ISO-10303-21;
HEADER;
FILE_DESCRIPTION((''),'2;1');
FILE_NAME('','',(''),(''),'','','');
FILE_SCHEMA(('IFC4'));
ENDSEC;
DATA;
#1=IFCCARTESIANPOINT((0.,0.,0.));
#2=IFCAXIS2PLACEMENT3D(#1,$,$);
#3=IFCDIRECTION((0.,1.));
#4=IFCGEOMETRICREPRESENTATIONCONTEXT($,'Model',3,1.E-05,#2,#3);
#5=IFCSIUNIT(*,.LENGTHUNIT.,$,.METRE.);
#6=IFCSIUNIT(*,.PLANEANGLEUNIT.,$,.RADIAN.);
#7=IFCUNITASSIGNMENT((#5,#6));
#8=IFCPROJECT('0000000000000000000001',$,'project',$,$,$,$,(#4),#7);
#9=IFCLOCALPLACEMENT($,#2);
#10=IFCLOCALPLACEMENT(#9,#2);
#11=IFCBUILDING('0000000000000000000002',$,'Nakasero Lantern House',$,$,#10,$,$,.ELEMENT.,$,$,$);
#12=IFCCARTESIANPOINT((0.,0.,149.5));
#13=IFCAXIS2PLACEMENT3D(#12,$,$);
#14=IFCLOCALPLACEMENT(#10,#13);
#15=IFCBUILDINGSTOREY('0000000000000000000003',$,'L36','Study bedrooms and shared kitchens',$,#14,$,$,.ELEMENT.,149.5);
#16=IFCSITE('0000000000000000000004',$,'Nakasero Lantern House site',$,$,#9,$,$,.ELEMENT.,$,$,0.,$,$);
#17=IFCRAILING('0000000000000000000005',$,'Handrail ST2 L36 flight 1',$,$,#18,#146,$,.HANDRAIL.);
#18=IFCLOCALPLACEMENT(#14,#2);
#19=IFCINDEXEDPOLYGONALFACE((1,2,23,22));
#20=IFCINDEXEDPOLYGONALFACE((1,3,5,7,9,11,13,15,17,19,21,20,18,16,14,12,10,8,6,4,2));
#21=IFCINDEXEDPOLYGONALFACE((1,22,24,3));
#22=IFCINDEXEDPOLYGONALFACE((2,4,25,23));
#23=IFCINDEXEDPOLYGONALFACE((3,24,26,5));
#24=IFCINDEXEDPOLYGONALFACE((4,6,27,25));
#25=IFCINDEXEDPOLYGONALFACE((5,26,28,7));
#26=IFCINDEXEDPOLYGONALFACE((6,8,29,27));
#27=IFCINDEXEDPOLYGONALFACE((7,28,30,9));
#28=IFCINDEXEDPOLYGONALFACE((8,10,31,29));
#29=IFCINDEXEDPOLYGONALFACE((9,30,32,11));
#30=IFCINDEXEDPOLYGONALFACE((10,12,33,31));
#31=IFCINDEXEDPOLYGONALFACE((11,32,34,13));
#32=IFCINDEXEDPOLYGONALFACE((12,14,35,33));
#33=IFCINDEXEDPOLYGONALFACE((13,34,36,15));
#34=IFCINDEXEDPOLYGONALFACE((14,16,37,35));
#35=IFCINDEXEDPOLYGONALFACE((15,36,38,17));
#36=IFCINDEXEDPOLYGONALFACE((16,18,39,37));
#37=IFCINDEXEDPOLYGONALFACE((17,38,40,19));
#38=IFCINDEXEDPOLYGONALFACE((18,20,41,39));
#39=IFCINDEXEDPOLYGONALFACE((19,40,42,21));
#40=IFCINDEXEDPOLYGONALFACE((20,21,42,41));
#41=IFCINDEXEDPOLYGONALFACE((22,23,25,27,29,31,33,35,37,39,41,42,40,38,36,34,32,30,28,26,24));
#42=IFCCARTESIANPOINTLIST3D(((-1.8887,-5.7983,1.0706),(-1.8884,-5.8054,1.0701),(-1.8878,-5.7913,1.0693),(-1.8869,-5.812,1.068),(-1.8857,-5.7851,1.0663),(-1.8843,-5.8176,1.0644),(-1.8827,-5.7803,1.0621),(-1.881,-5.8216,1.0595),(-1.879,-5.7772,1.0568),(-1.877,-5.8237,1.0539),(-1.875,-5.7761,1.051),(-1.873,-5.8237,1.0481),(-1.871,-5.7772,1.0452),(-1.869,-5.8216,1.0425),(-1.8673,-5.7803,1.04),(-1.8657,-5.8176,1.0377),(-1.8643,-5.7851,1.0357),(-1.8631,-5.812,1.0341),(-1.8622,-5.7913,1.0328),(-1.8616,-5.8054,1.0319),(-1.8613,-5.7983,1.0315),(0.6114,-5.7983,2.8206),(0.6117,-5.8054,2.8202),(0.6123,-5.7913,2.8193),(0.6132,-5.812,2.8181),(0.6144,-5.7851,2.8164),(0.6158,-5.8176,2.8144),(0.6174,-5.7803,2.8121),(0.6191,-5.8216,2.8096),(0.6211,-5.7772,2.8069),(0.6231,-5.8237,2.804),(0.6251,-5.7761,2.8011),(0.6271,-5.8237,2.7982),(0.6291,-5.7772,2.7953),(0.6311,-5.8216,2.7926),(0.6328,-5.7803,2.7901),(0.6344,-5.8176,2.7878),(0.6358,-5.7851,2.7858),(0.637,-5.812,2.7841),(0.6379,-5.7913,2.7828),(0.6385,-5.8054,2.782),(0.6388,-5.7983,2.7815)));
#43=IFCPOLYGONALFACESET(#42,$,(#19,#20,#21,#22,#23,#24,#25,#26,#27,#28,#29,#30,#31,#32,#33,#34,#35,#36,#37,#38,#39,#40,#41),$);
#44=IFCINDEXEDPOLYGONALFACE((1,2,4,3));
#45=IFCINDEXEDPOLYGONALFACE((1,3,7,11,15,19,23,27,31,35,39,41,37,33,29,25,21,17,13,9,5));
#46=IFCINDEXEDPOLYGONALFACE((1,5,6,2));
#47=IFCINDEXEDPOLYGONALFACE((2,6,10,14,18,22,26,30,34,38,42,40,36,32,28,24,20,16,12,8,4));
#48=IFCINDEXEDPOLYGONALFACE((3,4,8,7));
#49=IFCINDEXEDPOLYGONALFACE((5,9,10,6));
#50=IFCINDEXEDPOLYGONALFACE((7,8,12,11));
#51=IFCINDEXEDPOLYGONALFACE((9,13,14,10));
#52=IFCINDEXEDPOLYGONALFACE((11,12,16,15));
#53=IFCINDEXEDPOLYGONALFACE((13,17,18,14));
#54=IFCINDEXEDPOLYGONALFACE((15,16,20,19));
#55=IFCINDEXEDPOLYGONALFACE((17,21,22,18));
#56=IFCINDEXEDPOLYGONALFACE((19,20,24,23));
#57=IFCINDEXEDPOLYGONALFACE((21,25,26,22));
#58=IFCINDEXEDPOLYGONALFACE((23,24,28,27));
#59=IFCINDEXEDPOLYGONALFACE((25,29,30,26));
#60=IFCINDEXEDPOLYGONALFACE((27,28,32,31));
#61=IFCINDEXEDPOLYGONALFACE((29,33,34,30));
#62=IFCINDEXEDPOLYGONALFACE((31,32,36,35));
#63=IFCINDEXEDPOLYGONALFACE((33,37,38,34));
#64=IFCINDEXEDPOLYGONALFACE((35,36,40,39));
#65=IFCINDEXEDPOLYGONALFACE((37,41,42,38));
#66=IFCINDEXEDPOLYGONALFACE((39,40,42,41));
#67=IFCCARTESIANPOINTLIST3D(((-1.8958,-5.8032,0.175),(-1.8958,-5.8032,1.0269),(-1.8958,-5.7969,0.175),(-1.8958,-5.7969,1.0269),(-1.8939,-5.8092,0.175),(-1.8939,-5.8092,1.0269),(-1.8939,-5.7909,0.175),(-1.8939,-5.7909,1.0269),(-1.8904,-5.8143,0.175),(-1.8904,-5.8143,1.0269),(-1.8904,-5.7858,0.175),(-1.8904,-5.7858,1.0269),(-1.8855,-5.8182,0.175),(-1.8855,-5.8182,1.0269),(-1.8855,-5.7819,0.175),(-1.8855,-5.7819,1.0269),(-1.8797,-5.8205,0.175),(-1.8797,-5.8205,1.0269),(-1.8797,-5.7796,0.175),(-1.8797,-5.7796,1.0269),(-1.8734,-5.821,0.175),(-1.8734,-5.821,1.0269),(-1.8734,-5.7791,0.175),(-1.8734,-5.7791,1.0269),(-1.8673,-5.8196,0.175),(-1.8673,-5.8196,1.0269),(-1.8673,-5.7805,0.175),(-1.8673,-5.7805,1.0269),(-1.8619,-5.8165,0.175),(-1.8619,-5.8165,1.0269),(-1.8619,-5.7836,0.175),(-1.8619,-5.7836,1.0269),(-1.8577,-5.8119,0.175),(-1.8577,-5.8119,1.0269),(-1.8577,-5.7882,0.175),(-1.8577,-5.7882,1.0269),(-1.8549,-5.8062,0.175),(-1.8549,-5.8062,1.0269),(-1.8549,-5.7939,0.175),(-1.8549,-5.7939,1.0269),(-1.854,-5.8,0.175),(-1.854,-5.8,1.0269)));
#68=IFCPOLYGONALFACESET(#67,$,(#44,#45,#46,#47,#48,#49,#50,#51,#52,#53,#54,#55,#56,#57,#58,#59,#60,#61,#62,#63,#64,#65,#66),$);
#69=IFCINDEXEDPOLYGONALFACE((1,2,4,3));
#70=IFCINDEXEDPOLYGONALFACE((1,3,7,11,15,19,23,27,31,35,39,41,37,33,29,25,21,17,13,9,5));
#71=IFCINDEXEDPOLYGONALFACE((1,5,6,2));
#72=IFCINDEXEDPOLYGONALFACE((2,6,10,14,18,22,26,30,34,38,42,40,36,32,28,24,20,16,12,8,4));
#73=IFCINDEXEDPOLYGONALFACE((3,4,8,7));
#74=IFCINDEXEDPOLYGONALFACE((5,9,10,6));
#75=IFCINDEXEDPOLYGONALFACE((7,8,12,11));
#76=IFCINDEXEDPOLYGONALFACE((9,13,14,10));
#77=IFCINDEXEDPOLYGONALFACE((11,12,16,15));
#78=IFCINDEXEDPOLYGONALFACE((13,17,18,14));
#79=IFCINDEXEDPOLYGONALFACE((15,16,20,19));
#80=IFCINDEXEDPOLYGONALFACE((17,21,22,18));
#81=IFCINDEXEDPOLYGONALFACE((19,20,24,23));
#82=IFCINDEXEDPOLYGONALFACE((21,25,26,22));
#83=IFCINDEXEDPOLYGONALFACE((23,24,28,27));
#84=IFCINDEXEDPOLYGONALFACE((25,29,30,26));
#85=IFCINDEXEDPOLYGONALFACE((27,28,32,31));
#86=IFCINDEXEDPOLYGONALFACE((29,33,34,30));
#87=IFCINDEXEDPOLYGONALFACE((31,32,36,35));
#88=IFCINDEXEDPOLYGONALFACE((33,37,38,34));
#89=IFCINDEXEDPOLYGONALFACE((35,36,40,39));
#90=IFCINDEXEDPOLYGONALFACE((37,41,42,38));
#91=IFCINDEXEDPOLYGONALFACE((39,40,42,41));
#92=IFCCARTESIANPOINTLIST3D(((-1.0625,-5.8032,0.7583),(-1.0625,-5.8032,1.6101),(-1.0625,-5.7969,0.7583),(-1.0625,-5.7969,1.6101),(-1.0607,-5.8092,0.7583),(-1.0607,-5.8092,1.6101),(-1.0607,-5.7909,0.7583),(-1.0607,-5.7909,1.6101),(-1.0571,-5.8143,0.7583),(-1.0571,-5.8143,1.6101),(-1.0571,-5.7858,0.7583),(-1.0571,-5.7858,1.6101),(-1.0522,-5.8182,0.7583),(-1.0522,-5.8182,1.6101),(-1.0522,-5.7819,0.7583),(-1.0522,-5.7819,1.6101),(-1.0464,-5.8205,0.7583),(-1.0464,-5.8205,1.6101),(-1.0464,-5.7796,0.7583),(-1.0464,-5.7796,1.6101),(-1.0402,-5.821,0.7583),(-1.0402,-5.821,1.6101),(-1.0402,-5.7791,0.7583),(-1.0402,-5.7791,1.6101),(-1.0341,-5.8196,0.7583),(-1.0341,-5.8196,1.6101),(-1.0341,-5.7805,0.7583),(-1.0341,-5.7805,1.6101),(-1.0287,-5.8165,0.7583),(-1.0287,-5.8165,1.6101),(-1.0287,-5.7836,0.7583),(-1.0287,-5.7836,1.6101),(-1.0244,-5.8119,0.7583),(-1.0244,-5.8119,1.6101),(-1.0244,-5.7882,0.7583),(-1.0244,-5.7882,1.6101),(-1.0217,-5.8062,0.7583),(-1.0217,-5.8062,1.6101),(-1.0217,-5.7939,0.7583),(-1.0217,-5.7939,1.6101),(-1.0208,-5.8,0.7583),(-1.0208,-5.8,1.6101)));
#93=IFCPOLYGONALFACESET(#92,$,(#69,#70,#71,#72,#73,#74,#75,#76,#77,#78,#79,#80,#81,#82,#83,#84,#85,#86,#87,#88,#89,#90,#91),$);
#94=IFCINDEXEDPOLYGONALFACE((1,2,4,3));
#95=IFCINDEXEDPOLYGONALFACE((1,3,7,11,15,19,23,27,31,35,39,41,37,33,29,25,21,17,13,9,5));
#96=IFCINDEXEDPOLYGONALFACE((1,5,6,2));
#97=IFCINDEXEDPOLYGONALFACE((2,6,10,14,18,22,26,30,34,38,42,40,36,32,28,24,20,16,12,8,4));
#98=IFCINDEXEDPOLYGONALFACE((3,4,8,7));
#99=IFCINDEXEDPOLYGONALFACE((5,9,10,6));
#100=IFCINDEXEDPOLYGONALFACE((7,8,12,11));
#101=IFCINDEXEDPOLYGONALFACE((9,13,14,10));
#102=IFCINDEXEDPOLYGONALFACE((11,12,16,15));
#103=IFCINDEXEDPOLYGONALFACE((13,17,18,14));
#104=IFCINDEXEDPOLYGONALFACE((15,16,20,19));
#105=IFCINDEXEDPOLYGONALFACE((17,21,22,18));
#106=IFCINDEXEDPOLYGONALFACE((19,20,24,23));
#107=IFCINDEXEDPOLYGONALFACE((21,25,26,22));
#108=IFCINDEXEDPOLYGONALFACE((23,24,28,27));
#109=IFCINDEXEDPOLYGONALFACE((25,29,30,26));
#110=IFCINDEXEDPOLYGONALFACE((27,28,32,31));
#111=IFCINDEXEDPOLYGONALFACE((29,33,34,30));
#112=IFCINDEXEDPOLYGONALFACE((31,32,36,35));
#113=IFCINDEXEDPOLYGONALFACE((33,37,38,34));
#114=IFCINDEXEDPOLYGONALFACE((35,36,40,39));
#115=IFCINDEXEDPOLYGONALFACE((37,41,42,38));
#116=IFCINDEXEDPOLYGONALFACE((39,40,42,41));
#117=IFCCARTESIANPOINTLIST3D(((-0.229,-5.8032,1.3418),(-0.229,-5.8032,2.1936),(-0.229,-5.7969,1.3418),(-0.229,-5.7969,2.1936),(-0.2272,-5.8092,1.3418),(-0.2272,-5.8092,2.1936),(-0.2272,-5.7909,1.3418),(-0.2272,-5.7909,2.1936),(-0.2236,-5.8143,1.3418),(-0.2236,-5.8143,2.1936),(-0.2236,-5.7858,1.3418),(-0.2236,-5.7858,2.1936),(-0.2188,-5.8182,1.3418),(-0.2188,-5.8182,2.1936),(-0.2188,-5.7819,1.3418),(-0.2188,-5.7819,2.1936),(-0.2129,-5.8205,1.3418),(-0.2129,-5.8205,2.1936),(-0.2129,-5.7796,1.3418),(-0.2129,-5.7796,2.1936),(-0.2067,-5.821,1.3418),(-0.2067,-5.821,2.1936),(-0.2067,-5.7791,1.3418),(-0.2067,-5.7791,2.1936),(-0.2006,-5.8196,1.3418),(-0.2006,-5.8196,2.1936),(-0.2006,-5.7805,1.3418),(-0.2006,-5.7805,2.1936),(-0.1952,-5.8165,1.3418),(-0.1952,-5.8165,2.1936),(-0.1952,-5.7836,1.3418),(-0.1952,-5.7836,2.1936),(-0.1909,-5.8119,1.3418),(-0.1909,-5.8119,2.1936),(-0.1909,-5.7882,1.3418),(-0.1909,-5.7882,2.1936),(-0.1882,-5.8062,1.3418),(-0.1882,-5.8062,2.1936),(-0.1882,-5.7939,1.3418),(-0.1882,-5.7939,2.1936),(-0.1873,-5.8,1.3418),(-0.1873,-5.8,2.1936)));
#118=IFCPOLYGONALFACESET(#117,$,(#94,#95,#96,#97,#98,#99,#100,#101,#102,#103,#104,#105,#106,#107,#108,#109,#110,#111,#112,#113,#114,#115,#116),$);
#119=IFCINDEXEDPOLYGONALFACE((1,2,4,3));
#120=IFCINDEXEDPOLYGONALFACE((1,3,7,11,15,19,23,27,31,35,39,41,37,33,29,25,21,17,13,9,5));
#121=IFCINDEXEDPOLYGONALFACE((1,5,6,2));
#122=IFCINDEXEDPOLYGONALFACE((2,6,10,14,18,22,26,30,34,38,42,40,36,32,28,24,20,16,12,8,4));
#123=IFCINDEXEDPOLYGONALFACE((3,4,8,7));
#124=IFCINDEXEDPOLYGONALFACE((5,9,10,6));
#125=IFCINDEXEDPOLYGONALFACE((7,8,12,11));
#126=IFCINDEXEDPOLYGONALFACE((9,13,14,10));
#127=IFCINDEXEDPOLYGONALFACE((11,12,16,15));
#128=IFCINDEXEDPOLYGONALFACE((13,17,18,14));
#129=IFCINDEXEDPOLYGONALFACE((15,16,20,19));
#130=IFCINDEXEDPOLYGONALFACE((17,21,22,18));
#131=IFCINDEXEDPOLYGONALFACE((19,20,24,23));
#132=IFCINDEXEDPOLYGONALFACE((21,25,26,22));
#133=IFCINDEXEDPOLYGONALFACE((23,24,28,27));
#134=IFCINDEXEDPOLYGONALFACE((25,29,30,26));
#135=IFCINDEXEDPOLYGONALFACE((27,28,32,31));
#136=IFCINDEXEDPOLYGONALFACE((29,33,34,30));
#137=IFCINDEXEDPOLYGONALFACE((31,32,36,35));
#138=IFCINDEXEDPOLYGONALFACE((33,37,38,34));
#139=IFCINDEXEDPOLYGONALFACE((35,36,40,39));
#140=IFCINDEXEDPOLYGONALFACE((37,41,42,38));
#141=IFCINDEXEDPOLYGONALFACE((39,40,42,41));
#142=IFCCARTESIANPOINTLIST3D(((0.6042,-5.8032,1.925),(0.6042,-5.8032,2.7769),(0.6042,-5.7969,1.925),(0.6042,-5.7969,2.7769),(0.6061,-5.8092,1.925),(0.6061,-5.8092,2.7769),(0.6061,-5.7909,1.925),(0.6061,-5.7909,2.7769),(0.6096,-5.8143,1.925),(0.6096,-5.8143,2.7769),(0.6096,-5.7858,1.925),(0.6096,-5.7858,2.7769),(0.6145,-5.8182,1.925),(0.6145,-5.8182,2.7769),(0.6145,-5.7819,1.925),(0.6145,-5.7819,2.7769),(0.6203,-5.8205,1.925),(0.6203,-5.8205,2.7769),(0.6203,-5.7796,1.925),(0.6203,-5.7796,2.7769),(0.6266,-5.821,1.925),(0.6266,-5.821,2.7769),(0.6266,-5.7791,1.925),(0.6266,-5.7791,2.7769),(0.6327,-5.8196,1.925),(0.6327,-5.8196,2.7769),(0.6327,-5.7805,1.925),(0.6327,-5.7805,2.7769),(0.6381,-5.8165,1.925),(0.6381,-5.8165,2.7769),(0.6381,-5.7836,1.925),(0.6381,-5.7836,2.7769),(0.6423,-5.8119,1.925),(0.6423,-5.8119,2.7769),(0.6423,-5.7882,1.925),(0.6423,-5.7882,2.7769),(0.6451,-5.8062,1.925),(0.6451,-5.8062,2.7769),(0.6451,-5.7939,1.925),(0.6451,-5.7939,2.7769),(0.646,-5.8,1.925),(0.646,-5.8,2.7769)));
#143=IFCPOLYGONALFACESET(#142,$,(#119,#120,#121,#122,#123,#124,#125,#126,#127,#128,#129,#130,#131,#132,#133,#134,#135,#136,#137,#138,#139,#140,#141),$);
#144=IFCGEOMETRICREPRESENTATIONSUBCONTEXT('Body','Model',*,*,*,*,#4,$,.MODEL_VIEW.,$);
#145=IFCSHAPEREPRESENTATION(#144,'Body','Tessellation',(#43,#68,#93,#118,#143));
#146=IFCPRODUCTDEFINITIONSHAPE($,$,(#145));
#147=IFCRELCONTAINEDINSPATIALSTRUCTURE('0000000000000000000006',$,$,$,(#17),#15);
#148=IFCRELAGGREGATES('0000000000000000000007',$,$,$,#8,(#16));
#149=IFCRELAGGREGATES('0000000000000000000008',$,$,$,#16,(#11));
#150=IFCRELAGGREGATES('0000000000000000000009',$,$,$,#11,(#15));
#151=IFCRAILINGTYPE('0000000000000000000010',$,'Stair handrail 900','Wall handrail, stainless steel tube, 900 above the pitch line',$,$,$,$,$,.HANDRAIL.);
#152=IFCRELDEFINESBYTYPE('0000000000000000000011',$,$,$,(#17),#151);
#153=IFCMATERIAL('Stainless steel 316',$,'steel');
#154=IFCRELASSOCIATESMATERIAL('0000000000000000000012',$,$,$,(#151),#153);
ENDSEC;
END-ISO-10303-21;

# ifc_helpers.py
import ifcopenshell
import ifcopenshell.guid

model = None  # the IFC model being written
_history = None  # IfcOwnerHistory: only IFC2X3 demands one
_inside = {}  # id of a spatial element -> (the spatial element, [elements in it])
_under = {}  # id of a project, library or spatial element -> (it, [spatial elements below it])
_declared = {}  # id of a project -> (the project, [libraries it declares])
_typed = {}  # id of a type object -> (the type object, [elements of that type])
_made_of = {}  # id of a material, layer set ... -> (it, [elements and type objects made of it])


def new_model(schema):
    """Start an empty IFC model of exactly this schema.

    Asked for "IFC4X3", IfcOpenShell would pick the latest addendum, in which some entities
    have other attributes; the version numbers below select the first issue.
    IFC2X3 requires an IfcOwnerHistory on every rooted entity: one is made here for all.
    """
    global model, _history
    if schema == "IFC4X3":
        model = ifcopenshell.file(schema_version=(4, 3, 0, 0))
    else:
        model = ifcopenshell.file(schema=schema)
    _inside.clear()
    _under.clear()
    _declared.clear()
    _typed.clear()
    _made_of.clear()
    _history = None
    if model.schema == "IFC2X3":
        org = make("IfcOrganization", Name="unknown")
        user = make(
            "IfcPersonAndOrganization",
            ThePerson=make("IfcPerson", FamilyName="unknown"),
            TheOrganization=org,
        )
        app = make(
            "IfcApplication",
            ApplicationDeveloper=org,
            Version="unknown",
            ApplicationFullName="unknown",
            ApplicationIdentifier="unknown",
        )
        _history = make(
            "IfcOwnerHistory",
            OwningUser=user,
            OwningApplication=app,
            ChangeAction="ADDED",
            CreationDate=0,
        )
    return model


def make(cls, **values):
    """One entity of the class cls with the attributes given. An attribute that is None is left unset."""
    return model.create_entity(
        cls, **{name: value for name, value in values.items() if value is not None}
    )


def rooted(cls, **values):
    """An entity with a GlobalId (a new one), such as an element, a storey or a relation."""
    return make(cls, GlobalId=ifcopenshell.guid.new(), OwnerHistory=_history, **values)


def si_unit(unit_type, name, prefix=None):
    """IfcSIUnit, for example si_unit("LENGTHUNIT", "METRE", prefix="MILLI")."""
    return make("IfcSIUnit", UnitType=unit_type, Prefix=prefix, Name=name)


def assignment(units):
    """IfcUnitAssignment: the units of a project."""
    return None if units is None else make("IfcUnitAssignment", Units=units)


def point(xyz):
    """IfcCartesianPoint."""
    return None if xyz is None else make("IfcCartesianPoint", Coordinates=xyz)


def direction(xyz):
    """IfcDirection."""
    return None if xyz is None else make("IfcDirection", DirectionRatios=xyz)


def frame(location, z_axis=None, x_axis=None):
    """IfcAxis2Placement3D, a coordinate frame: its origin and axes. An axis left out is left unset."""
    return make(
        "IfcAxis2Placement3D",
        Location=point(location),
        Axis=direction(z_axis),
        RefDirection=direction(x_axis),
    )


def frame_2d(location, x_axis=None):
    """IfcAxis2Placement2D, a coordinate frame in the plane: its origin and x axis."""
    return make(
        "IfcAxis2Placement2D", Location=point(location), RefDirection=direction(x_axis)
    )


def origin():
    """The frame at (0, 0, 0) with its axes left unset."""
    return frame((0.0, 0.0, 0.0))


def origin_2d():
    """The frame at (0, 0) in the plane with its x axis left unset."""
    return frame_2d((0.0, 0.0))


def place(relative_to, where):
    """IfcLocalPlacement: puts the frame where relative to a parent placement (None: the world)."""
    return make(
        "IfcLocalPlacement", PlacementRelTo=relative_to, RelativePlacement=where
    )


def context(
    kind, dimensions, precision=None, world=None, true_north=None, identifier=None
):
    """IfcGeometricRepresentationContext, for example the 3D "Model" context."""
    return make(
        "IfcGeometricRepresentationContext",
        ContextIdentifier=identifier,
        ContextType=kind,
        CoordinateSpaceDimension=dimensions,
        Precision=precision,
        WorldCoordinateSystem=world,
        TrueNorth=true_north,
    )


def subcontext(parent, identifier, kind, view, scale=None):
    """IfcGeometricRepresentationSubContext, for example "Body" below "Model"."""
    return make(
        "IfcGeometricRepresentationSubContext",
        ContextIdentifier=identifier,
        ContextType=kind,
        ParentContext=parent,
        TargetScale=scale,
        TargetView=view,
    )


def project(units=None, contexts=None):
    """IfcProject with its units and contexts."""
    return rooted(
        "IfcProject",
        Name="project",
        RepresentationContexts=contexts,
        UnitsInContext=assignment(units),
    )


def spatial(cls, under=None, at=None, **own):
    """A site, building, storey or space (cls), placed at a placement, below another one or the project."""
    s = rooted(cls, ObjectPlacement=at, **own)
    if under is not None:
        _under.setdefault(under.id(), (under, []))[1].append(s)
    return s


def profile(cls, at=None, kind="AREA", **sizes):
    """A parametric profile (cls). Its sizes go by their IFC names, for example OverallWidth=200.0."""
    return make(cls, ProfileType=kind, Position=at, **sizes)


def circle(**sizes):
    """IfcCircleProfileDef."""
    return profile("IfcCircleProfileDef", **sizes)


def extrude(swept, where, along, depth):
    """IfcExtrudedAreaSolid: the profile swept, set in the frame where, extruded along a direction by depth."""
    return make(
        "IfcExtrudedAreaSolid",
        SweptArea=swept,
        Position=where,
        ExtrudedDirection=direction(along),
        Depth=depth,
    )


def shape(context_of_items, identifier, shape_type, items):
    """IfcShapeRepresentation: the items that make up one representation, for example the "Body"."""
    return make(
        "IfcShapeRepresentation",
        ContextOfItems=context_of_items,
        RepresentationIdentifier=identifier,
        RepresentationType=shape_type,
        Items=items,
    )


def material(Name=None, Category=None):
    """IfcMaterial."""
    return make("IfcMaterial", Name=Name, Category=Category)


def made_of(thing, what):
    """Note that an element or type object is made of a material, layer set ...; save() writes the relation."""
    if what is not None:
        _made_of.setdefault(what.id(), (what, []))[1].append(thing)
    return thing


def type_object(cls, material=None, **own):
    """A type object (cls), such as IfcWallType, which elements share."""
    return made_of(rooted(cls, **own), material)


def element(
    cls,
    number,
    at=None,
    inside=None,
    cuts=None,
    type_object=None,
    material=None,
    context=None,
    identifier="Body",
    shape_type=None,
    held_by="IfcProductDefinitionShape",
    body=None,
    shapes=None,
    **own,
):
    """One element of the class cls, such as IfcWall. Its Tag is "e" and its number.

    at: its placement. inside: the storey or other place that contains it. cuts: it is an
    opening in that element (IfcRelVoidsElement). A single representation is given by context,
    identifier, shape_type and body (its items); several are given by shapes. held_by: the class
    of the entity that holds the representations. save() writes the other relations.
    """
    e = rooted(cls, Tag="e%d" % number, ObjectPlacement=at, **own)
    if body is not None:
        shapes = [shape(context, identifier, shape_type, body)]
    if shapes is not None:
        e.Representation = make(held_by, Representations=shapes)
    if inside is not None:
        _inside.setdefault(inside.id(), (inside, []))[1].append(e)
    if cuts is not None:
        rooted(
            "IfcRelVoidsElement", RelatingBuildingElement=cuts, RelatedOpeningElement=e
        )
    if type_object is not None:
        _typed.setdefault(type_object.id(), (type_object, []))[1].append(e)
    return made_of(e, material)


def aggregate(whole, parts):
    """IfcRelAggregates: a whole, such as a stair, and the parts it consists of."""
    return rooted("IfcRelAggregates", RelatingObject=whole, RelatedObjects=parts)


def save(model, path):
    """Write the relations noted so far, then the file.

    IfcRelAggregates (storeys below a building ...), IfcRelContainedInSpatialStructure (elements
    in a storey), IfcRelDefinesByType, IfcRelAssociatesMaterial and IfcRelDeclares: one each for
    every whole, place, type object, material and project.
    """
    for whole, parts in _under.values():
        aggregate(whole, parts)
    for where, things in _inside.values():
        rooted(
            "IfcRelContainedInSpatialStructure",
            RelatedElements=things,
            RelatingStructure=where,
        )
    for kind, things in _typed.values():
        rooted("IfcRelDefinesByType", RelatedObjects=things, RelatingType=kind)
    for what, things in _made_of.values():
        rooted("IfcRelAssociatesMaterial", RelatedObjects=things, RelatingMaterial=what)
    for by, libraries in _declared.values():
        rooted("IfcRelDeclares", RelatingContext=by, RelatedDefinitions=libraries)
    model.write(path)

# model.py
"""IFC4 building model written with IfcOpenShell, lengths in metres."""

from ifc_helpers import new_model, si_unit, direction, frame, origin, origin_2d, place, context, subcontext, project, spatial, circle, extrude, material, type_object, element, save


model = new_model("IFC4")

# Units and contexts
model_context = context("Model", 3, precision=1e-05, world=origin(), true_north=direction((0.0, 1.0)))
body_context = subcontext(model_context, "Body", "Model", "MODEL_VIEW")
ifc_project = project(units=[si_unit("LENGTHUNIT", "METRE"), si_unit("PLANEANGLEUNIT", "RADIAN")], contexts=[model_context])

# Site, building, storey
site_placement = place(None, origin())
site = spatial("IfcSite", under=ifc_project, at=site_placement, Name="Nakasero Lantern House site", CompositionType="ELEMENT", RefElevation=0.0)
building_placement = place(site_placement, origin())
building = spatial("IfcBuilding", under=site, at=building_placement, Name="Nakasero Lantern House", CompositionType="ELEMENT")
storey_placement = place(building_placement, frame((0.0, 0.0, 149.5)))
storey = spatial("IfcBuildingStorey", under=building, at=storey_placement, Name="L36", Description="Study bedrooms and shared kitchens", CompositionType="ELEMENT", Elevation=149.5)

# Railing
ifc_material_1 = material(Name="Stainless steel 316", Category="steel")
railing_type = type_object("IfcRailingType", Name="Stair handrail 900", Description="Wall handrail, stainless steel tube, 900 above the pitch line", PredefinedType="HANDRAIL", material=ifc_material_1)
railing_placement = place(storey_placement, frame((-1.875, -5.8, 0.175)))
element("IfcRailing", 1, at=railing_placement, inside=storey, type_object=railing_type, Name="Handrail ST2 L36 flight 1", PredefinedType="HANDRAIL", context=body_context, shape_type="SweptSolid", body=[
    extrude(circle(Radius=0.0239, at=origin_2d()), frame((0.0, 0.0, 0.876), z_axis=(0.819232, 0.0, 0.573462), x_axis=(0.0, 1.0, 0.0)), (0.0, 0.0, 1.0), 3.0518),
    extrude(circle(Radius=0.021, at=origin_2d()), origin(), (0.0, 0.0, 1.0), 0.8518),
    extrude(circle(Radius=0.021, at=origin_2d()), frame((0.8333, 0.0, 0.5833)), (0.0, 0.0, 1.0), 0.8518),
    extrude(circle(Radius=0.021, at=origin_2d()), frame((1.6667, 0.0, 1.1667)), (0.0, 0.0, 1.0), 0.8518),
    extrude(circle(Radius=0.021, at=origin_2d()), frame((2.5, 0.0, 1.75)), (0.0, 0.0, 1.0), 0.8518),
])

save(model, "model.ifc")
